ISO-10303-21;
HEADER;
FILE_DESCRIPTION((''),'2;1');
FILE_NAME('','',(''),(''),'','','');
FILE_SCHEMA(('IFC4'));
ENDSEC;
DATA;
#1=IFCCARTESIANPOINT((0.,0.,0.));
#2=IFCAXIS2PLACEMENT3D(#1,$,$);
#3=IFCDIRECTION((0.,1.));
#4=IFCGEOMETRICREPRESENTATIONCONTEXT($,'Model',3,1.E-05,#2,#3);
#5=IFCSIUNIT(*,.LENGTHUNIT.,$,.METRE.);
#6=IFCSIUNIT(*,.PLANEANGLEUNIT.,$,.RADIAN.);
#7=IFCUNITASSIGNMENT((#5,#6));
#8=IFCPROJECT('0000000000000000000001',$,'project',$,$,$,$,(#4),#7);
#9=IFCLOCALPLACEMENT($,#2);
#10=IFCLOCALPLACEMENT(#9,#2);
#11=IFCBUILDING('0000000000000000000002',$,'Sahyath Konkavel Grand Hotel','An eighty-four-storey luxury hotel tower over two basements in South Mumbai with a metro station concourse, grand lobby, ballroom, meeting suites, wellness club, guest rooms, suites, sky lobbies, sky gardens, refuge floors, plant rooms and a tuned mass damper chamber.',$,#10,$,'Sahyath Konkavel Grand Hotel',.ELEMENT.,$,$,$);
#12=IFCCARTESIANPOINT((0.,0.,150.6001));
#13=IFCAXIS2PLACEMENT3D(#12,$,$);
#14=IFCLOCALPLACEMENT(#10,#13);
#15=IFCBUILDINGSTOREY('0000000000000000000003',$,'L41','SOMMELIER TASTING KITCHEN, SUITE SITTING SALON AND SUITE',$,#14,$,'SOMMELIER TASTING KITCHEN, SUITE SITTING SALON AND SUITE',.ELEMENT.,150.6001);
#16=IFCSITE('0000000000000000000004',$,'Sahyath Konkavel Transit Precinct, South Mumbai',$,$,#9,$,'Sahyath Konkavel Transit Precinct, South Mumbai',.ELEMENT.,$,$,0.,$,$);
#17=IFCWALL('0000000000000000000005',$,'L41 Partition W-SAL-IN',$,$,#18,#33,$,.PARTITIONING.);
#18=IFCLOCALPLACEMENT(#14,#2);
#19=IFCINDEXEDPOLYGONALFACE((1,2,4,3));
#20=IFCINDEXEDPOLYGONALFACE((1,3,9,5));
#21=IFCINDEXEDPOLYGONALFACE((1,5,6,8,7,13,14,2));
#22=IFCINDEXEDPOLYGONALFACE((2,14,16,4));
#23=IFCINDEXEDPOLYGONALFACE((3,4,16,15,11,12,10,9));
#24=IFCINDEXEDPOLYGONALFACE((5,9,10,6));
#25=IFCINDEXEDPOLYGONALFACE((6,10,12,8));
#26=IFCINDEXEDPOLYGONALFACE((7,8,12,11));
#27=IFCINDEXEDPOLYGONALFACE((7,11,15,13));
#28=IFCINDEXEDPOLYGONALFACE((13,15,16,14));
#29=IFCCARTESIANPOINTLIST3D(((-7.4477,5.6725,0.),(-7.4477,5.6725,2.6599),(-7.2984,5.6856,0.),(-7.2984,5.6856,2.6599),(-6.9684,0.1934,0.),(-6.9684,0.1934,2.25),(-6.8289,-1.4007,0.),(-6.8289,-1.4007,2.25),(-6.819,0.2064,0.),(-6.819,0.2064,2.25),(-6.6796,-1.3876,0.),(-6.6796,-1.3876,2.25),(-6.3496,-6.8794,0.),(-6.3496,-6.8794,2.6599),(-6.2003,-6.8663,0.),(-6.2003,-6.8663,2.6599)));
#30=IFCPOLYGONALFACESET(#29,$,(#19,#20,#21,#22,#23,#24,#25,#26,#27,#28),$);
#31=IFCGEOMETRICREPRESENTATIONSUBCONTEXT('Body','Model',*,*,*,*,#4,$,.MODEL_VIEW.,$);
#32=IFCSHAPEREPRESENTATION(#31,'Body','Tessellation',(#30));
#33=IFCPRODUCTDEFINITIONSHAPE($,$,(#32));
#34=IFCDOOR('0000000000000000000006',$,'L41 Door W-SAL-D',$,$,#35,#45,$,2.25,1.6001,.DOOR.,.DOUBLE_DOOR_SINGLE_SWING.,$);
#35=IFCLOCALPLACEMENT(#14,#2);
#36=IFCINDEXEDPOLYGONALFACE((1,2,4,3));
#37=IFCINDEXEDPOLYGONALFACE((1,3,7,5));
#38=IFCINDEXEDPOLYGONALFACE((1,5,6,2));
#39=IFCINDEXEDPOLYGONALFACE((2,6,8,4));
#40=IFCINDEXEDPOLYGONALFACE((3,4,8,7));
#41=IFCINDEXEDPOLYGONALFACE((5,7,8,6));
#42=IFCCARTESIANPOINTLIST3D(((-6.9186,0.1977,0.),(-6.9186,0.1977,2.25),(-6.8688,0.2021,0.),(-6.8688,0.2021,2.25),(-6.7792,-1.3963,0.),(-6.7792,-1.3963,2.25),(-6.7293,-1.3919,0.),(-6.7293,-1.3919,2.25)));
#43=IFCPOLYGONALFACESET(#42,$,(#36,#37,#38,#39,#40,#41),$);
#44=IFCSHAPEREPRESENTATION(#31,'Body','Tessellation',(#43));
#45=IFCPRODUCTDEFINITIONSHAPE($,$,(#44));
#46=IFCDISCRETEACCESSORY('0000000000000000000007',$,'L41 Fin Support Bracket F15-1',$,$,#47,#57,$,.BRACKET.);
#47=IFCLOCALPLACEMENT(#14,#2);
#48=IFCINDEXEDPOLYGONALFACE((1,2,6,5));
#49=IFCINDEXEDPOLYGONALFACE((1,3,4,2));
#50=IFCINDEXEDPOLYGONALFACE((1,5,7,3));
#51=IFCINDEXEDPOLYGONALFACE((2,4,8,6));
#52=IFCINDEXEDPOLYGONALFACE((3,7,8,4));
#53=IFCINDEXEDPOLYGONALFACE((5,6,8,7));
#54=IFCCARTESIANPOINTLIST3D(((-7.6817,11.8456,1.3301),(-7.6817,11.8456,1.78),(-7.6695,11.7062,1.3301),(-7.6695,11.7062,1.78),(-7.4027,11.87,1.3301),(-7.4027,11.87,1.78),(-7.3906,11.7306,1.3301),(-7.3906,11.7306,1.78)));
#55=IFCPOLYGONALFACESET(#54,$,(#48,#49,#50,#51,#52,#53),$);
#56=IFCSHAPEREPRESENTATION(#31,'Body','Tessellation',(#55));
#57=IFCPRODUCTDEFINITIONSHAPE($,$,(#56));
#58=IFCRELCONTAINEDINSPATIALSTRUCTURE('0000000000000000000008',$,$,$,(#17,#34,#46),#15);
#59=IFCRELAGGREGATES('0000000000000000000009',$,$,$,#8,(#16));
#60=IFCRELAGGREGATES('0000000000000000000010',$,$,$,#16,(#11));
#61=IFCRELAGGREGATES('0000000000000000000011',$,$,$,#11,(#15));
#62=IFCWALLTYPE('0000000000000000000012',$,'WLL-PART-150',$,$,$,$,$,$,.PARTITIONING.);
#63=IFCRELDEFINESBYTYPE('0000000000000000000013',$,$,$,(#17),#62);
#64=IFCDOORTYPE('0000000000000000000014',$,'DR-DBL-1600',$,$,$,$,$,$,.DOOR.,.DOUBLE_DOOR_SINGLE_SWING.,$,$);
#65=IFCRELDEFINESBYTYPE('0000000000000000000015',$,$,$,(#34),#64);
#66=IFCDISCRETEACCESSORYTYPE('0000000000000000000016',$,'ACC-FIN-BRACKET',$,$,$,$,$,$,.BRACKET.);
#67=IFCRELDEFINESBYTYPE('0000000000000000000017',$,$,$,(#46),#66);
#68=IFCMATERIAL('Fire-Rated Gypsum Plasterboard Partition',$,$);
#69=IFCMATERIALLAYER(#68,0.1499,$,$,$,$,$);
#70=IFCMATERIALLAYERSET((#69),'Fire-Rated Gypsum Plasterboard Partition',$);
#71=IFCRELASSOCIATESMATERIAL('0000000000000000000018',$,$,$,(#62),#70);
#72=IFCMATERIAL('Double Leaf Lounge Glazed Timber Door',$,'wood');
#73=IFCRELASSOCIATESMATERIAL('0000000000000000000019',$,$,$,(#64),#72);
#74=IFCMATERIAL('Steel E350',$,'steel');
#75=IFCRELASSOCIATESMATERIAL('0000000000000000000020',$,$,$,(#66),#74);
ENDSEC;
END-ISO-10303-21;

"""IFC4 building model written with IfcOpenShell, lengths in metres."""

from ifc_helpers import new_model, si_unit, direction, frame, frame_2d, origin, origin_2d, place, context, subcontext, project, spatial, rectangle, extrude, source, transform, mapped, material, layer, layer_set, type_object, element, fill, save


model = new_model("IFC4")

# Units and contexts
model_context = context("Model", 3, precision=1e-05, world=origin(), true_north=direction((0.0, 1.0)))
body_context = subcontext(model_context, "Body", "Model", "MODEL_VIEW")
ifc_project = project(units=[si_unit("LENGTHUNIT", "METRE"), si_unit("PLANEANGLEUNIT", "RADIAN")], contexts=[model_context])

# Site, building, storey
site_placement = place(None, origin())
site = spatial("IfcSite", under=ifc_project, at=site_placement, Name="Sahyath Konkavel Transit Precinct, South Mumbai", LongName="Sahyath Konkavel Transit Precinct, South Mumbai", CompositionType="ELEMENT", RefElevation=0.0)
building_placement = place(site_placement, origin())
building = spatial("IfcBuilding", under=site, at=building_placement, Name="Sahyath Konkavel Grand Hotel", Description="An eighty-four-storey luxury hotel tower over two basements in South Mumbai with a metro station concourse, grand lobby, ballroom, meeting suites, wellness club, guest rooms, suites, sky lobbies, sky gardens, refuge floors, plant rooms and a tuned mass damper chamber.", LongName="Sahyath Konkavel Grand Hotel", CompositionType="ELEMENT")
storey_placement = place(building_placement, frame((0.0, 0.0, 150.6001)))
storey = spatial("IfcBuildingStorey", under=building, at=storey_placement, Name="L41", Description="SOMMELIER TASTING KITCHEN, SUITE SITTING SALON AND SUITE", LongName="SOMMELIER TASTING KITCHEN, SUITE SITTING SALON AND SUITE", CompositionType="ELEMENT", Elevation=150.6001)

# Shared definitions
ifc_material_1 = material(Name="Steel E350", Category="steel")

# Wall, opening, door
ifc_material_2 = material(Name="Fire-Rated Gypsum Plasterboard Partition")
ifc_layer_1 = layer(ifc_material_2, 0.1499)
ifc_layer_set_1 = layer_set([ifc_layer_1], Name="Fire-Rated Gypsum Plasterboard Partition")
wall_type_1 = type_object("IfcWallType", Name="WLL-PART-150", PredefinedType="PARTITIONING", material=ifc_layer_set_1)
wall_1_placement = place(storey_placement, frame((-7.373, 5.679, 0.0), z_axis=(0.0, 0.0, 1.0), x_axis=(0.087155, -0.996195, 0.0)))
wall_1 = element("IfcWall", 1, at=wall_1_placement, inside=storey, type_object=wall_type_1, Name="L41 Partition W-SAL-IN", PredefinedType="PARTITIONING", context=body_context, shape_type="SweptSolid", body=[
    extrude(rectangle(XDim=12.5999, YDim=0.1499, at=frame_2d((6.2998, 0.0))), origin(), (0.0, 0.0, 1.0), 2.6599),
])
opening_1_placement = place(wall_1_placement, frame((5.5, 0.0, 0.0)))
opening_1 = element("IfcOpeningElement", 2, at=opening_1_placement, cuts=wall_1, PredefinedType="OPENING", context=body_context, shape_type="SweptSolid", body=[
    extrude(rectangle(XDim=1.6001, YDim=2.25, at=frame_2d((0.8, 1.125))), frame((0.0, 0.085, 0.0), z_axis=(0.0, -1.0, 0.0), x_axis=(1.0, 0.0, 0.0)), (0.0, 0.0, 1.0), 0.1699),
])
ifc_material_3 = material(Name="Double Leaf Lounge Glazed Timber Door", Category="wood")
door_type_1 = type_object("IfcDoorType", Name="DR-DBL-1600", OperationType="DOUBLE_DOOR_SINGLE_SWING", PredefinedType="DOOR", material=ifc_material_3)
shared_shape_1 = source(origin(), body_context, "Body", "SweptSolid", [
    extrude(rectangle(XDim=1.6001, YDim=0.05, at=origin_2d()), origin(), (0.0, 0.0, 1.0), 2.25),
])
door_1_placement = place(opening_1_placement, frame((0.8, 0.0, 0.0)))
door_1 = element("IfcDoor", 3, at=door_1_placement, inside=storey, type_object=door_type_1, Name="L41 Door W-SAL-D", OperationType="DOUBLE_DOOR_SINGLE_SWING", OverallHeight=2.25, OverallWidth=1.6001, PredefinedType="DOOR", context=body_context, shape_type="MappedRepresentation", body=[
    mapped(shared_shape_1, transform((0.0, 0.0, 0.0), scale=1.0)),
])
fill(opening_1, door_1)

# Discrete accessory
discrete_accessory_type = type_object("IfcDiscreteAccessoryType", Name="ACC-FIN-BRACKET", PredefinedType="BRACKET", material=ifc_material_1)
shared_shape_2 = source(origin(), body_context, "Body", "SweptSolid", [
    extrude(rectangle(XDim=0.28, YDim=0.1399, at=origin_2d()), origin(), (0.0, 0.0, 1.0), 0.45),
])
discrete_accessory_placement = place(storey_placement, frame((-7.5361, 11.7881, 1.3301), z_axis=(0.0, 0.0, 1.0), x_axis=(-0.996195, -0.087156, 0.0)))
element("IfcDiscreteAccessory", 4, at=discrete_accessory_placement, inside=storey, type_object=discrete_accessory_type, Name="L41 Fin Support Bracket F15-1", PredefinedType="BRACKET", context=body_context, shape_type="MappedRepresentation", body=[
    mapped(shared_shape_2, transform((0.0, 0.0, 0.0), scale=1.0)),
])

save(model, "model.ifc")
